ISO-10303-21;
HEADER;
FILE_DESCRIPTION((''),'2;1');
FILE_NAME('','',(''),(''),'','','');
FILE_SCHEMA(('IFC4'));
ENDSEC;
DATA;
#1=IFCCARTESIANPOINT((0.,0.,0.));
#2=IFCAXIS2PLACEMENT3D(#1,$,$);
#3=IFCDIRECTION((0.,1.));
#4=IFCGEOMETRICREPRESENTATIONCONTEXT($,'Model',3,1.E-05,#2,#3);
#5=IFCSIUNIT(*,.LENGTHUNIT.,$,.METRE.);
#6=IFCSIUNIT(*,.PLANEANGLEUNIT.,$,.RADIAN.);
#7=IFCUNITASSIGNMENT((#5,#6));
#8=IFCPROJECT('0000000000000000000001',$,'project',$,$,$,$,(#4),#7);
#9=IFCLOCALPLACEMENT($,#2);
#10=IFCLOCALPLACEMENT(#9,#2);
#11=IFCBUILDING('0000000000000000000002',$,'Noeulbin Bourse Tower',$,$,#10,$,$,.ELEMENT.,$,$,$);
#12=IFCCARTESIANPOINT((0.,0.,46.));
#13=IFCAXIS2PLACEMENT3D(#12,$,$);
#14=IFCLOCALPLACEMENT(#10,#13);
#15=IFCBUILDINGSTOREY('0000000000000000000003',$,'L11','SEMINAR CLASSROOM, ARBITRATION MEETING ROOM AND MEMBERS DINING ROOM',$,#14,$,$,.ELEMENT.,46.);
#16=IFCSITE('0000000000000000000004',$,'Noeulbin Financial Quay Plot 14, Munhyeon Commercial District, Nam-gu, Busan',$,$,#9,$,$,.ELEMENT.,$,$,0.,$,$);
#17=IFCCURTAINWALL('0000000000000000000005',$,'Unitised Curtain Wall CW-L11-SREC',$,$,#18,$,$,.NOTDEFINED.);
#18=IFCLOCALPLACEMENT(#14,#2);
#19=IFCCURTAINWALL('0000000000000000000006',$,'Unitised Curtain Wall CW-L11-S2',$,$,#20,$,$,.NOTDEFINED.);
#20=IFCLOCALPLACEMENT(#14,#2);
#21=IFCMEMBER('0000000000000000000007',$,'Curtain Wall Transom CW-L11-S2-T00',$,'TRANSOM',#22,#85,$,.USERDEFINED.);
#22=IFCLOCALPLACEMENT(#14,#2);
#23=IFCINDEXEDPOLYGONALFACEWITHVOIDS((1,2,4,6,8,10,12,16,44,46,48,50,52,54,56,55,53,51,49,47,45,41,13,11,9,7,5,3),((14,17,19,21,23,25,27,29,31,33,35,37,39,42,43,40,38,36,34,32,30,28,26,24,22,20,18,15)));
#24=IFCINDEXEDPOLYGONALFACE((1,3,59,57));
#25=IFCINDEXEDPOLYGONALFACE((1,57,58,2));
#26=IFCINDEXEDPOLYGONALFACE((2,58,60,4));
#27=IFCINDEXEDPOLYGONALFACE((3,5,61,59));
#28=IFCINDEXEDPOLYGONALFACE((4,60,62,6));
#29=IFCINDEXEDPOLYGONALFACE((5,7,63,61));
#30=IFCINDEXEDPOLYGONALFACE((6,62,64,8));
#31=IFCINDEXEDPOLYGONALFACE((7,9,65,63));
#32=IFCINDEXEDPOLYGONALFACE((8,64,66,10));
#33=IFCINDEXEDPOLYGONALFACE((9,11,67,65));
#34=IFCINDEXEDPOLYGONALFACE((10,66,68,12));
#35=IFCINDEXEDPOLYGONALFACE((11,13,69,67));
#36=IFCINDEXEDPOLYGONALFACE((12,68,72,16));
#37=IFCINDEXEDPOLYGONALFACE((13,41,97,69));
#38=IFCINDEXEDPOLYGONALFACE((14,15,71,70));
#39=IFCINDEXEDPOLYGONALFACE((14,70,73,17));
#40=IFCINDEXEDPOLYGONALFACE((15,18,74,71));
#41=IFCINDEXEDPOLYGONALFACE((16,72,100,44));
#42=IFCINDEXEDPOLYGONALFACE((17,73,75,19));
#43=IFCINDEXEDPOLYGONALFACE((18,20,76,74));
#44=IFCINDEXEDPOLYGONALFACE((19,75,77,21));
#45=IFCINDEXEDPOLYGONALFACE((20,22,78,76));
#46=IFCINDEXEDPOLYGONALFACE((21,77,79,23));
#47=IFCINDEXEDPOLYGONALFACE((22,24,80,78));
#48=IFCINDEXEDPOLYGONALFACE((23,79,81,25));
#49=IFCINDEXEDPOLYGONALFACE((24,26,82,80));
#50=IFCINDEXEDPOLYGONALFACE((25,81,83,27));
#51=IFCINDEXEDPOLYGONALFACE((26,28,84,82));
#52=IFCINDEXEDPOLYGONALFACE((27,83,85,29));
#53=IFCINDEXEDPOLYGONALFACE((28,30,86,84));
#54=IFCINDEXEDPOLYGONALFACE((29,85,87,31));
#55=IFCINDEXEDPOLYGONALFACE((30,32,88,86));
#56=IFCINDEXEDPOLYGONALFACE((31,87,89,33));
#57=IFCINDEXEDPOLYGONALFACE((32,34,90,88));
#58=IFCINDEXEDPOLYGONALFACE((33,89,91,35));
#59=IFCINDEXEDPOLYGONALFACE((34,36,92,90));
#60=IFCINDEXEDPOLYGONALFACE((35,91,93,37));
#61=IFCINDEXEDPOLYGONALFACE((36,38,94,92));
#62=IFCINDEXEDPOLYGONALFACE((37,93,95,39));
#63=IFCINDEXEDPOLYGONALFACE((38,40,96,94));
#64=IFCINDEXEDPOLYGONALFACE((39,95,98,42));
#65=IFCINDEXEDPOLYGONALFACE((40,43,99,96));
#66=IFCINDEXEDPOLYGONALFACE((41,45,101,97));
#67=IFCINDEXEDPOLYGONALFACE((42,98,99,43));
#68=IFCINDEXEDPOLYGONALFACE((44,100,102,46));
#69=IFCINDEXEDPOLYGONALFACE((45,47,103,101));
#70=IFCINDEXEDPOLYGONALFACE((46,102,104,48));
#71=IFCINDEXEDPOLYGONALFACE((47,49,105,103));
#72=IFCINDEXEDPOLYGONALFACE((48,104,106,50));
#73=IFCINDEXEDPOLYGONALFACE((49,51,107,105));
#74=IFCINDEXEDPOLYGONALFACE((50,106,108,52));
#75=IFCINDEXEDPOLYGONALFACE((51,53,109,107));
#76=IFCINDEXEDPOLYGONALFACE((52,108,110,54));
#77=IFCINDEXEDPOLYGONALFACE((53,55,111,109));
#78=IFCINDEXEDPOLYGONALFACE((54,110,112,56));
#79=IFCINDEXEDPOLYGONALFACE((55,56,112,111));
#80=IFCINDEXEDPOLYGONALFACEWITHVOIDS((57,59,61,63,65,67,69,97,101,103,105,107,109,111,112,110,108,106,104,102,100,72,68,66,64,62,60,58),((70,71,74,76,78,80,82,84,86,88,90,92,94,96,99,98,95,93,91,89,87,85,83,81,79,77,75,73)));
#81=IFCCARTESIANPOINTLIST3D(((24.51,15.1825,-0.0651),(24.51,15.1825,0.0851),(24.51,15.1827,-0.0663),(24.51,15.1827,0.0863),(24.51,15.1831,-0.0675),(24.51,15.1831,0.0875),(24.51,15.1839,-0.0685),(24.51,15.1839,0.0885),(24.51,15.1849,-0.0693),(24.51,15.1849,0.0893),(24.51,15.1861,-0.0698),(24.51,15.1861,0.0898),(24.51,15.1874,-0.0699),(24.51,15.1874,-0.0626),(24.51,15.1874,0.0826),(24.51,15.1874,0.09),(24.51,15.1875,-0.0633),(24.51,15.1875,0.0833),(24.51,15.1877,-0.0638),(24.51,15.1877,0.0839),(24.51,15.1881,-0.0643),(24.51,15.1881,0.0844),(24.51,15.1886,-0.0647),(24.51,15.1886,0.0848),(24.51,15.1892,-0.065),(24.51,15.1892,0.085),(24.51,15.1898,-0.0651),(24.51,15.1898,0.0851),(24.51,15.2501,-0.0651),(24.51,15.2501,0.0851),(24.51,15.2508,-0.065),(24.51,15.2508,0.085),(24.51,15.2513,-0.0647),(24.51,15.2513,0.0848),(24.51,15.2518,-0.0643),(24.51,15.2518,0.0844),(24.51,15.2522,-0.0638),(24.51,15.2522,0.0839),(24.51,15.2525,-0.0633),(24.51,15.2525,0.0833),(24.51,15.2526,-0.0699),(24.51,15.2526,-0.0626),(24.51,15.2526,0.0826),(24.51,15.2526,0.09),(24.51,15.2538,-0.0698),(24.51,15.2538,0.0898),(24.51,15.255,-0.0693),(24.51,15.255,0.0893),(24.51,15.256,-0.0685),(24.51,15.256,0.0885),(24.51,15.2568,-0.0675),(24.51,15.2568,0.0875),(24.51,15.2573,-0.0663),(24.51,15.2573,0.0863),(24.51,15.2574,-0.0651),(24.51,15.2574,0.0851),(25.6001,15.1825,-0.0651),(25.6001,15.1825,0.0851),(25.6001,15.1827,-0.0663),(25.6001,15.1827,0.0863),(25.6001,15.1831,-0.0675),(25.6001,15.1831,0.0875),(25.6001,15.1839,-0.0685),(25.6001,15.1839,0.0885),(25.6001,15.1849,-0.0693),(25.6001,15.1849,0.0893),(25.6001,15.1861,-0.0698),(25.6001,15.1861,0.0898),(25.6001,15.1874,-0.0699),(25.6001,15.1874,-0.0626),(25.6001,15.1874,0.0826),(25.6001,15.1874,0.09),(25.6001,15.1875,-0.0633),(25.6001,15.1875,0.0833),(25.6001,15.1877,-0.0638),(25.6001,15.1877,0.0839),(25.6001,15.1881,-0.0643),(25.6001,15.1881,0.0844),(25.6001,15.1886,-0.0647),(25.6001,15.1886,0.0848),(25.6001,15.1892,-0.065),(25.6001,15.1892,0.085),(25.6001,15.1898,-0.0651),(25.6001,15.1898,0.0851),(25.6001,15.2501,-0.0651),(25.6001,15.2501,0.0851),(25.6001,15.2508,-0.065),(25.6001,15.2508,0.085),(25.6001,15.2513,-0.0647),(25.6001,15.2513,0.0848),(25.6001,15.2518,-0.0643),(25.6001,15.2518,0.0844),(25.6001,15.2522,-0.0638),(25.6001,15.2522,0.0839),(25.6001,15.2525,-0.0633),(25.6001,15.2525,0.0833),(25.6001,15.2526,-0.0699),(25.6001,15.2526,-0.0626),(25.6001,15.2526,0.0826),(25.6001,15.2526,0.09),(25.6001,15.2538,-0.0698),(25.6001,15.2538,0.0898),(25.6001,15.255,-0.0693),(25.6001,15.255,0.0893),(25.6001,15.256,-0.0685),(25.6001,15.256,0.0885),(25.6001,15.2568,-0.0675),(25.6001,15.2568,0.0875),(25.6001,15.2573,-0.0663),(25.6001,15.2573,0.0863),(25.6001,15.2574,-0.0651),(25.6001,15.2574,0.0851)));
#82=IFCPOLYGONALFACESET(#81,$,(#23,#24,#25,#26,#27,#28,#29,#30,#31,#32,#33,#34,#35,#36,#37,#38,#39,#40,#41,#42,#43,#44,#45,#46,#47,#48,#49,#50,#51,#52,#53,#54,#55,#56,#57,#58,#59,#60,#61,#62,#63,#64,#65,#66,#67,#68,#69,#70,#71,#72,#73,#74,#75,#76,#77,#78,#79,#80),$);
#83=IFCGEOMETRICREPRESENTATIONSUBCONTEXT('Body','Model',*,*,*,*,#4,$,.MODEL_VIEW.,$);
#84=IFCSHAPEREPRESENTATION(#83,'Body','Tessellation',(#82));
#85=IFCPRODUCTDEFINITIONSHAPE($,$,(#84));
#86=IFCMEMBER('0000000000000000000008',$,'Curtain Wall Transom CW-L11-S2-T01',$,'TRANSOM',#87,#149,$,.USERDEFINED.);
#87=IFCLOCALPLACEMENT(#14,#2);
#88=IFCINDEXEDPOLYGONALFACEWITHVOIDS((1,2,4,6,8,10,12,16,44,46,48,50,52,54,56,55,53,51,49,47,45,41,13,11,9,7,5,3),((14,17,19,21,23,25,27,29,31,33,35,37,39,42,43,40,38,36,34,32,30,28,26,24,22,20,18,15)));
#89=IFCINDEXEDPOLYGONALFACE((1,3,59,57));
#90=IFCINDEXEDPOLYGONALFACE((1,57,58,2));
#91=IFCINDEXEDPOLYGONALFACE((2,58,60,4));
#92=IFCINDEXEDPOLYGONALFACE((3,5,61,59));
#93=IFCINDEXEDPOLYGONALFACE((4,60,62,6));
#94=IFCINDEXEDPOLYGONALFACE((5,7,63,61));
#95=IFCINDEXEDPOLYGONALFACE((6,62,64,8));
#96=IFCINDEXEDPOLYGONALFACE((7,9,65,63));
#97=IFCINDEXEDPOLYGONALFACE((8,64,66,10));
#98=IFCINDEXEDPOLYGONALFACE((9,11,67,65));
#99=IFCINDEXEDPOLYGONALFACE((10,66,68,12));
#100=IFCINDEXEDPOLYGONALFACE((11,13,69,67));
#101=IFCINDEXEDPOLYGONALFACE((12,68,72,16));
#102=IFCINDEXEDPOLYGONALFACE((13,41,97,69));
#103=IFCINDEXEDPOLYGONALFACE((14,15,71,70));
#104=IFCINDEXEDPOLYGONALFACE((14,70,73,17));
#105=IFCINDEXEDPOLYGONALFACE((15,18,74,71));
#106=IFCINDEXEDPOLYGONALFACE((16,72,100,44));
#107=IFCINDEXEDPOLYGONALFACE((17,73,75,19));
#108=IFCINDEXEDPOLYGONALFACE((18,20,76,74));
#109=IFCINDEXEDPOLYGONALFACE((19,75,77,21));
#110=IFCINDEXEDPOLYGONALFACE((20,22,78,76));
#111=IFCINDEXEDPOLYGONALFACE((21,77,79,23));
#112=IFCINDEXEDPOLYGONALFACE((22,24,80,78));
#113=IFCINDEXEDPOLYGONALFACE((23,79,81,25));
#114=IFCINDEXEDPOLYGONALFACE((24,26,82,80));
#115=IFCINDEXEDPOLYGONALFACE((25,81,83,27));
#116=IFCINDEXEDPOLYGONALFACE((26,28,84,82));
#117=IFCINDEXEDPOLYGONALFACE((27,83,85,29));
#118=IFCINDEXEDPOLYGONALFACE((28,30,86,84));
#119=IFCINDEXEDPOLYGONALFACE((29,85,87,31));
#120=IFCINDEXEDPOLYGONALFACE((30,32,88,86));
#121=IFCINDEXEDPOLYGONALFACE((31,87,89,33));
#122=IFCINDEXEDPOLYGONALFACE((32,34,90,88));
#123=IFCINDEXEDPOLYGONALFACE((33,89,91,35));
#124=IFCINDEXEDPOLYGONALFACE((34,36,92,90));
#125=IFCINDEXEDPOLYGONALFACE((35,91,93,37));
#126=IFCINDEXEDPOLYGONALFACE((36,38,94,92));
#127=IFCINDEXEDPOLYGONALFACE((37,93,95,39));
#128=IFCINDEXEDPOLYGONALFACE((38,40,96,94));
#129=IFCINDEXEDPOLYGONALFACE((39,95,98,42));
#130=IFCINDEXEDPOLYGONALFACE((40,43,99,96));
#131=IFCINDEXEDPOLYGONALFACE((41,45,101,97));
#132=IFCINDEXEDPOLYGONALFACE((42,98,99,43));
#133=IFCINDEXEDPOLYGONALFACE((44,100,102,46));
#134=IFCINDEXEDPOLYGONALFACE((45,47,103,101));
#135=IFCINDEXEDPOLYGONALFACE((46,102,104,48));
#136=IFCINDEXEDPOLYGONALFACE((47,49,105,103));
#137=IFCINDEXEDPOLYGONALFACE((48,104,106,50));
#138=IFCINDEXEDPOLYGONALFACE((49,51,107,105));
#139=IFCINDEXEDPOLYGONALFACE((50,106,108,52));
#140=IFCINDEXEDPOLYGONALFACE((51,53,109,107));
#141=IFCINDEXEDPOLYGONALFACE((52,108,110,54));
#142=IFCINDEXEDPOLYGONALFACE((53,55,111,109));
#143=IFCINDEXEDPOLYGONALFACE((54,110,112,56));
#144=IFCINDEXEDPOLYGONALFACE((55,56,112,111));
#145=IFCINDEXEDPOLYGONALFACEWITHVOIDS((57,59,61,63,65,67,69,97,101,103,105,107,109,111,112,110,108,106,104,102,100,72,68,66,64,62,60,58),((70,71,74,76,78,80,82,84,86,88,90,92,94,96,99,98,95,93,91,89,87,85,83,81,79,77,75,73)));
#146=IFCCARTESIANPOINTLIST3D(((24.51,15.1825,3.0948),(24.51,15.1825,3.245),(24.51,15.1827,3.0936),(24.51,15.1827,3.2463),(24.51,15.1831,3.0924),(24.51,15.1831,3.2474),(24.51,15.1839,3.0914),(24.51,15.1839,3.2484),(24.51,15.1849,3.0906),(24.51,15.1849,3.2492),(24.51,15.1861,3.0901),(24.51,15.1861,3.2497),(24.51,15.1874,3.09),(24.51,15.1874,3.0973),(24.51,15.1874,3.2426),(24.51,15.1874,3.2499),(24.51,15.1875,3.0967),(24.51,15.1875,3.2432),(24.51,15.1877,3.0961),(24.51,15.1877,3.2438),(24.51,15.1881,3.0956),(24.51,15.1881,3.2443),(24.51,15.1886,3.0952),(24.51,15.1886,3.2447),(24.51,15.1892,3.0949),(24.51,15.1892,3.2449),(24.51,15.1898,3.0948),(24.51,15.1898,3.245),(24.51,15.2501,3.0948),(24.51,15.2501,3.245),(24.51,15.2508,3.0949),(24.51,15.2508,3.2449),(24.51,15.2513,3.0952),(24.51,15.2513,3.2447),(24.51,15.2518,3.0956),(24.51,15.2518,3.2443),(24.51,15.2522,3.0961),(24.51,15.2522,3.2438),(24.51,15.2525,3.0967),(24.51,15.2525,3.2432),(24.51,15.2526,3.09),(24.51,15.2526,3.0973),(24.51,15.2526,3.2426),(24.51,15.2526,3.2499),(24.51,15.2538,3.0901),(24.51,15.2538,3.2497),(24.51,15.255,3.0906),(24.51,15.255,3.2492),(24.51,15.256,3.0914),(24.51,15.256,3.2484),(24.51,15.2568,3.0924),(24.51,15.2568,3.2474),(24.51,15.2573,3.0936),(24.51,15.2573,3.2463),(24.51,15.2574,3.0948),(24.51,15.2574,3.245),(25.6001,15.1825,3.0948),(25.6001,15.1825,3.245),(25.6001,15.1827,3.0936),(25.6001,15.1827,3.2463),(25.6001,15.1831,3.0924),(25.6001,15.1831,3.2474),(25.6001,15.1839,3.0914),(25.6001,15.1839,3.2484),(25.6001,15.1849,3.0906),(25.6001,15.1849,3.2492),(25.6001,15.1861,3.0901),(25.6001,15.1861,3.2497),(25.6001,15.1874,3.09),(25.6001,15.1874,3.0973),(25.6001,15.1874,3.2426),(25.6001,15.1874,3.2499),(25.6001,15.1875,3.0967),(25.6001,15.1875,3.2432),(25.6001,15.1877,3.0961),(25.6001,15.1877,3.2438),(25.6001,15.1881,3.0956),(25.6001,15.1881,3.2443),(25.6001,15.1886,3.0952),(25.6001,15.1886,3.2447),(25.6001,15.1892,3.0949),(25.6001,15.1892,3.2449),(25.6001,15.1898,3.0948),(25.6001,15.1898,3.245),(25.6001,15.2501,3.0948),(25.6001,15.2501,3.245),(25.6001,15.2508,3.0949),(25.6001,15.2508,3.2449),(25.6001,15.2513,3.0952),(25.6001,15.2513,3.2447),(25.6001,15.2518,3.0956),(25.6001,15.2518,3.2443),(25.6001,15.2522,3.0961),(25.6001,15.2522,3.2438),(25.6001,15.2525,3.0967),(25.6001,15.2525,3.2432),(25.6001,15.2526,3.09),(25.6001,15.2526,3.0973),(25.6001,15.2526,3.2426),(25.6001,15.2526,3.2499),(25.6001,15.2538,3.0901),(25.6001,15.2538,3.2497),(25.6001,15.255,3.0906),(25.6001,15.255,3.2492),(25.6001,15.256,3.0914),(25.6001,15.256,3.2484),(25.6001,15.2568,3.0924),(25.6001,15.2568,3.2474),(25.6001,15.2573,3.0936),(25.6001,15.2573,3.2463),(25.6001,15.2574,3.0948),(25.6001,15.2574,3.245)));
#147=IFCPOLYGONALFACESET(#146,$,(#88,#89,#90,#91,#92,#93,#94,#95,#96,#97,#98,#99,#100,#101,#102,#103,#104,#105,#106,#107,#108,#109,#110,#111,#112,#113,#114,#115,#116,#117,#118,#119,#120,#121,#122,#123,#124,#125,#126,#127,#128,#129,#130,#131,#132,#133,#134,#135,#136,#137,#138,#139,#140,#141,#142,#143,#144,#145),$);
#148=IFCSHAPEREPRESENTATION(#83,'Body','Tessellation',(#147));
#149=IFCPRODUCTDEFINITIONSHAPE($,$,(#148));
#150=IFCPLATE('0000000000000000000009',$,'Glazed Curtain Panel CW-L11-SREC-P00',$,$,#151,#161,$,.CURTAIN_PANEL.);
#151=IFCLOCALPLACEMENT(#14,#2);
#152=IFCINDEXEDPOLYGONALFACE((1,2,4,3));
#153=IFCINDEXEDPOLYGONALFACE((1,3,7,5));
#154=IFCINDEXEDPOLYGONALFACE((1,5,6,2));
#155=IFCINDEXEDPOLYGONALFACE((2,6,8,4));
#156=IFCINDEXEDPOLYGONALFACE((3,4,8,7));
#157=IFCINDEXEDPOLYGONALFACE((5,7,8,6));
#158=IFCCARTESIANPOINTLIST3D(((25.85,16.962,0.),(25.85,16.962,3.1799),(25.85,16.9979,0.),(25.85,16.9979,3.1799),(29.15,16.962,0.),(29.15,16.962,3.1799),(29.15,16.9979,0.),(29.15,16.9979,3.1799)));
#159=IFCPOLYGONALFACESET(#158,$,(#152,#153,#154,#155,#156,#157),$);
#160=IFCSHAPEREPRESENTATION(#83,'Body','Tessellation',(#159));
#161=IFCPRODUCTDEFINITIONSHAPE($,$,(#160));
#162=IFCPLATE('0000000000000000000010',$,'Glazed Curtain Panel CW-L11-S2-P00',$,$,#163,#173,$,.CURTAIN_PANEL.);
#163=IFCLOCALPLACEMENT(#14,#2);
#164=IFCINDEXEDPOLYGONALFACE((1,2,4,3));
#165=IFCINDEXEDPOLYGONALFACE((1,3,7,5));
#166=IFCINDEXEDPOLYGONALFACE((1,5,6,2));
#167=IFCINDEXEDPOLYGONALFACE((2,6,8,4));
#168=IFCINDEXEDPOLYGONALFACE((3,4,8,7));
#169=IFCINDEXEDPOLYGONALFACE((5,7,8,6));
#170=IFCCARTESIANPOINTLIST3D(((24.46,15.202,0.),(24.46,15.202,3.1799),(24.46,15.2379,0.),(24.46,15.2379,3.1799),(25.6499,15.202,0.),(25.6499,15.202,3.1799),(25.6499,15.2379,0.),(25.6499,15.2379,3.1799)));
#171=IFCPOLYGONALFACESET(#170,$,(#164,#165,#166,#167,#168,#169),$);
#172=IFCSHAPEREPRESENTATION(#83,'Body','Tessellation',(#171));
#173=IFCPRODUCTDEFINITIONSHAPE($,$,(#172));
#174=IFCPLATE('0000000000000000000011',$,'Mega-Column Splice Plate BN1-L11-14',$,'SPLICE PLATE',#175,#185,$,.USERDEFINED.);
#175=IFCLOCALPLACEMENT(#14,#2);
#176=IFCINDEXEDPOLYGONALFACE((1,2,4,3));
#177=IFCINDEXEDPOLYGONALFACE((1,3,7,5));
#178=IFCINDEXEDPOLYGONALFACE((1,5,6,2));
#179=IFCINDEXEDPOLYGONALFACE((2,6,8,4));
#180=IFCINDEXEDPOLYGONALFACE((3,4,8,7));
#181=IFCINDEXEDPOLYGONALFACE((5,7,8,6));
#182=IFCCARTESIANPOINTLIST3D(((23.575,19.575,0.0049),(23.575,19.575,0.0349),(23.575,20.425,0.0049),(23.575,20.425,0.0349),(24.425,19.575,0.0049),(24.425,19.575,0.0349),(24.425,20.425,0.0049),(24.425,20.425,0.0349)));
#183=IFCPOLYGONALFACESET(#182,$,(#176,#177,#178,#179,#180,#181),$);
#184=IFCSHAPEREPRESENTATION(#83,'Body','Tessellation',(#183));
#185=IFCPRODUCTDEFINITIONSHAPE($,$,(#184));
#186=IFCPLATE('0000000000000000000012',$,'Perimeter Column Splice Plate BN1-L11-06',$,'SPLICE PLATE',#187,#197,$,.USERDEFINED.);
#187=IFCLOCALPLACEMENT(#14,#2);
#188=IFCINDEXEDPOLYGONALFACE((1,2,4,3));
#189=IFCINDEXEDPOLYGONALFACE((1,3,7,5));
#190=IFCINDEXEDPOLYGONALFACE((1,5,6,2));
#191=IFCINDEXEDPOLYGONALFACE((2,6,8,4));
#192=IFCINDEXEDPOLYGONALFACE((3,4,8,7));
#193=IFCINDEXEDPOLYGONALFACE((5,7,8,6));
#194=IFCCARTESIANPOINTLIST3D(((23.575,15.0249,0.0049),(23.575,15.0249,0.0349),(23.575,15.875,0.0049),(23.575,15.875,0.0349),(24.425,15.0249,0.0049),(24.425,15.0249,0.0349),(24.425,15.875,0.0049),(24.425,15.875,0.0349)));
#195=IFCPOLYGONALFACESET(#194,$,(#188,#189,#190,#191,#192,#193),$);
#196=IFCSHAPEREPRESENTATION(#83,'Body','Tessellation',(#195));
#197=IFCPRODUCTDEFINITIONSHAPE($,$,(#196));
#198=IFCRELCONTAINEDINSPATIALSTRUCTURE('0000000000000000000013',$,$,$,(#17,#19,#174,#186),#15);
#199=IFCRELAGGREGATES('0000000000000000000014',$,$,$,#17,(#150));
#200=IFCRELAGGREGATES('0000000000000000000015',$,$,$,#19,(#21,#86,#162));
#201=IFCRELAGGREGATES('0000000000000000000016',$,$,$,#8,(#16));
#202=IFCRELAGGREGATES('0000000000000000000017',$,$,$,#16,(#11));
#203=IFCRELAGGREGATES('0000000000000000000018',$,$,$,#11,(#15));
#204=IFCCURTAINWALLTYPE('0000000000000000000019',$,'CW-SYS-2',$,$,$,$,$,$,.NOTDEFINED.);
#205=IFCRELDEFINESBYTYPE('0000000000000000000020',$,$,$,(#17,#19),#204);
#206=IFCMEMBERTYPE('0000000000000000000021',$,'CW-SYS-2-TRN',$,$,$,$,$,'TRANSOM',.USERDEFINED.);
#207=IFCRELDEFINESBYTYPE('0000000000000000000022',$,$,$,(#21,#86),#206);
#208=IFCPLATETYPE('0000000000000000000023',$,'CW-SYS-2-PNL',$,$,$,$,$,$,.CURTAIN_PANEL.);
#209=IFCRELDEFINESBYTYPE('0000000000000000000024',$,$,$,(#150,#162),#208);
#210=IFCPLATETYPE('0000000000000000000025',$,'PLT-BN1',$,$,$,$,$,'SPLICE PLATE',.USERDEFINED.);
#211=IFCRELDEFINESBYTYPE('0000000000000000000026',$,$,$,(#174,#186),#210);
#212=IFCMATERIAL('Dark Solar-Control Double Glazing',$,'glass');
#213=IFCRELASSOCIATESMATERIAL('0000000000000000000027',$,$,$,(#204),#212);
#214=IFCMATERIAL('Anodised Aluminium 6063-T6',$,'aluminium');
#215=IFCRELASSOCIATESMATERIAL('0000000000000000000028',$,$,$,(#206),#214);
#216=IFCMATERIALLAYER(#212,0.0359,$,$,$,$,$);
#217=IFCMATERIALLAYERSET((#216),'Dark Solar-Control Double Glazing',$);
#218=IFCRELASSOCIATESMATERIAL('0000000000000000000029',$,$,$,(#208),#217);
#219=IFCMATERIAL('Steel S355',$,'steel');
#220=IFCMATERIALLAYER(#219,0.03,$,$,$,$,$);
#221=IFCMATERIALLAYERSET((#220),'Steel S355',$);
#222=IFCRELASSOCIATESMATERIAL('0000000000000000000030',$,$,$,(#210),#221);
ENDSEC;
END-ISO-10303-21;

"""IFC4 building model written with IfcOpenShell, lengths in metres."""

from ifc_helpers import new_model, si_unit, direction, frame, origin, origin_2d, place, context, subcontext, project, spatial, rectangle, hollow_rectangle, extrude, material, layer, layer_set, material_profile, profile_set, type_object, element, aggregate, save


model = new_model("IFC4")

# Units and contexts
model_context = context("Model", 3, precision=1e-05, world=origin(), true_north=direction((0.0, 1.0)))
body_context = subcontext(model_context, "Body", "Model", "MODEL_VIEW")
ifc_project = project(units=[si_unit("LENGTHUNIT", "METRE"), si_unit("PLANEANGLEUNIT", "RADIAN")], contexts=[model_context])

# Site, building, storey
site_placement = place(None, origin())
site = spatial("IfcSite", under=ifc_project, at=site_placement, Name="Noeulbin Financial Quay Plot 14, Munhyeon Commercial District, Nam-gu, Busan", CompositionType="ELEMENT", RefElevation=0.0)
building_placement = place(site_placement, origin())
building = spatial("IfcBuilding", under=site, at=building_placement, Name="Noeulbin Bourse Tower", CompositionType="ELEMENT")
storey_placement = place(building_placement, frame((0.0, 0.0, 46.0)))
storey = spatial("IfcBuildingStorey", under=building, at=storey_placement, Name="L11", Description="SEMINAR CLASSROOM, ARBITRATION MEETING ROOM AND MEMBERS DINING ROOM", CompositionType="ELEMENT", Elevation=46.0)

# Shared definitions
ifc_material_1 = material(Name="Steel S355", Category="steel")

# Curtain wall
ifc_material_2 = material(Name="Dark Solar-Control Double Glazing", Category="glass")
curtain_wall_type = type_object("IfcCurtainWallType", Name="CW-SYS-2", PredefinedType="NOTDEFINED", material=ifc_material_2)
curtain_wall_1_placement = place(storey_placement, origin())
curtain_wall_1 = element("IfcCurtainWall", 1, at=curtain_wall_1_placement, inside=storey, type_object=curtain_wall_type, Name="Unitised Curtain Wall CW-L11-SREC", PredefinedType="NOTDEFINED")
ifc_material_3 = material(Name="Anodised Aluminium 6063-T6", Category="aluminium")

# Curtain wall
curtain_wall_2_placement = place(storey_placement, origin())
curtain_wall_2 = element("IfcCurtainWall", 2, at=curtain_wall_2_placement, inside=storey, type_object=curtain_wall_type, Name="Unitised Curtain Wall CW-L11-S2", PredefinedType="NOTDEFINED")

# Members
ifc_material_profile_1 = material_profile(ifc_material_3, hollow_rectangle(XDim=0.075, YDim=0.1599, WallThickness=0.0049, InnerFilletRadius=0.0024, OuterFilletRadius=0.0049, at=origin_2d()), Name="ALU-TRAN-75x160x5", Category="LoadBearing")
ifc_profile_set_1 = profile_set([ifc_material_profile_1], Name="Anodised Aluminium 6063-T6")
member_type_1 = type_object("IfcMemberType", Name="CW-SYS-2-TRN", ElementType="TRANSOM", PredefinedType="USERDEFINED", material=ifc_profile_set_1)
member_1_placement = place(storey_placement, frame((24.51, 15.22, 0.01), z_axis=(1.0, 0.0, 0.0), x_axis=(0.0, 1.0, 0.0)))
member_1 = element("IfcMember", 3, at=member_1_placement, type_object=member_type_1, Name="Curtain Wall Transom CW-L11-S2-T00", ObjectType="TRANSOM", PredefinedType="USERDEFINED", context=body_context, shape_type="SweptSolid", body=[
    extrude(hollow_rectangle(XDim=0.075, YDim=0.1599, WallThickness=0.0049, InnerFilletRadius=0.0024, OuterFilletRadius=0.0049, at=origin_2d()), origin(), (0.0, 0.0, 1.0), 1.0901),
])
member_2_placement = place(storey_placement, frame((24.51, 15.22, 3.1699), z_axis=(1.0, 0.0, 0.0), x_axis=(0.0, 1.0, 0.0)))
member_2 = element("IfcMember", 4, at=member_2_placement, type_object=member_type_1, Name="Curtain Wall Transom CW-L11-S2-T01", ObjectType="TRANSOM", PredefinedType="USERDEFINED", context=body_context, shape_type="SweptSolid", body=[
    extrude(hollow_rectangle(XDim=0.075, YDim=0.1599, WallThickness=0.0049, InnerFilletRadius=0.0024, OuterFilletRadius=0.0049, at=origin_2d()), origin(), (0.0, 0.0, 1.0), 1.0901),
])

# Plates
ifc_layer_1 = layer(ifc_material_2, 0.0359)
ifc_layer_set_1 = layer_set([ifc_layer_1], Name="Dark Solar-Control Double Glazing")
plate_type_1 = type_object("IfcPlateType", Name="CW-SYS-2-PNL", PredefinedType="CURTAIN_PANEL", material=ifc_layer_set_1)
plate_1_placement = place(storey_placement, frame((27.5, 16.98, 0.0), z_axis=(0.0, 0.0, 1.0), x_axis=(1.0, 0.0, 0.0)))
plate_1 = element("IfcPlate", 5, at=plate_1_placement, type_object=plate_type_1, Name="Glazed Curtain Panel CW-L11-SREC-P00", PredefinedType="CURTAIN_PANEL", context=body_context, shape_type="SweptSolid", body=[
    extrude(rectangle(XDim=3.3, YDim=0.0359, at=origin_2d()), origin(), (0.0, 0.0, 1.0), 3.1799),
])
aggregate(curtain_wall_1, [plate_1])
plate_2_placement = place(storey_placement, frame((25.0549, 15.22, 0.0), z_axis=(0.0, 0.0, 1.0), x_axis=(1.0, 0.0, 0.0)))
plate_2 = element("IfcPlate", 6, at=plate_2_placement, type_object=plate_type_1, Name="Glazed Curtain Panel CW-L11-S2-P00", PredefinedType="CURTAIN_PANEL", context=body_context, shape_type="SweptSolid", body=[
    extrude(rectangle(XDim=1.1899, YDim=0.0359, at=origin_2d()), origin(), (0.0, 0.0, 1.0), 3.1799),
])
aggregate(curtain_wall_2, [member_1, member_2, plate_2])

# Plates
ifc_layer_2 = layer(ifc_material_1, 0.03)
ifc_layer_set_2 = layer_set([ifc_layer_2], Name="Steel S355")
plate_type_2 = type_object("IfcPlateType", Name="PLT-BN1", ElementType="SPLICE PLATE", PredefinedType="USERDEFINED", material=ifc_layer_set_2)
for number, where, z_axis, x_axis, name in (
    (7, (24.0, 20.0, 0.0049), (0.0, 0.0, 1.0), (1.0, 0.0, 0.0), "Mega-Column Splice Plate BN1-L11-14"),
    (8, (24.0, 15.45, 0.0049), (0.0, 0.0, 1.0), (1.0, 0.0, 0.0), "Perimeter Column Splice Plate BN1-L11-06"),
):
    element("IfcPlate", number, at=place(storey_placement, frame(where, z_axis=z_axis, x_axis=x_axis)), inside=storey, type_object=plate_type_2, Name=name, ObjectType="SPLICE PLATE", PredefinedType="USERDEFINED", context=body_context, shape_type="SweptSolid", body=[
        extrude(rectangle(XDim=0.8501, YDim=0.8501, at=origin_2d()), origin(), (0.0, 0.0, 1.0), 0.03),
    ])

save(model, "model.ifc")
